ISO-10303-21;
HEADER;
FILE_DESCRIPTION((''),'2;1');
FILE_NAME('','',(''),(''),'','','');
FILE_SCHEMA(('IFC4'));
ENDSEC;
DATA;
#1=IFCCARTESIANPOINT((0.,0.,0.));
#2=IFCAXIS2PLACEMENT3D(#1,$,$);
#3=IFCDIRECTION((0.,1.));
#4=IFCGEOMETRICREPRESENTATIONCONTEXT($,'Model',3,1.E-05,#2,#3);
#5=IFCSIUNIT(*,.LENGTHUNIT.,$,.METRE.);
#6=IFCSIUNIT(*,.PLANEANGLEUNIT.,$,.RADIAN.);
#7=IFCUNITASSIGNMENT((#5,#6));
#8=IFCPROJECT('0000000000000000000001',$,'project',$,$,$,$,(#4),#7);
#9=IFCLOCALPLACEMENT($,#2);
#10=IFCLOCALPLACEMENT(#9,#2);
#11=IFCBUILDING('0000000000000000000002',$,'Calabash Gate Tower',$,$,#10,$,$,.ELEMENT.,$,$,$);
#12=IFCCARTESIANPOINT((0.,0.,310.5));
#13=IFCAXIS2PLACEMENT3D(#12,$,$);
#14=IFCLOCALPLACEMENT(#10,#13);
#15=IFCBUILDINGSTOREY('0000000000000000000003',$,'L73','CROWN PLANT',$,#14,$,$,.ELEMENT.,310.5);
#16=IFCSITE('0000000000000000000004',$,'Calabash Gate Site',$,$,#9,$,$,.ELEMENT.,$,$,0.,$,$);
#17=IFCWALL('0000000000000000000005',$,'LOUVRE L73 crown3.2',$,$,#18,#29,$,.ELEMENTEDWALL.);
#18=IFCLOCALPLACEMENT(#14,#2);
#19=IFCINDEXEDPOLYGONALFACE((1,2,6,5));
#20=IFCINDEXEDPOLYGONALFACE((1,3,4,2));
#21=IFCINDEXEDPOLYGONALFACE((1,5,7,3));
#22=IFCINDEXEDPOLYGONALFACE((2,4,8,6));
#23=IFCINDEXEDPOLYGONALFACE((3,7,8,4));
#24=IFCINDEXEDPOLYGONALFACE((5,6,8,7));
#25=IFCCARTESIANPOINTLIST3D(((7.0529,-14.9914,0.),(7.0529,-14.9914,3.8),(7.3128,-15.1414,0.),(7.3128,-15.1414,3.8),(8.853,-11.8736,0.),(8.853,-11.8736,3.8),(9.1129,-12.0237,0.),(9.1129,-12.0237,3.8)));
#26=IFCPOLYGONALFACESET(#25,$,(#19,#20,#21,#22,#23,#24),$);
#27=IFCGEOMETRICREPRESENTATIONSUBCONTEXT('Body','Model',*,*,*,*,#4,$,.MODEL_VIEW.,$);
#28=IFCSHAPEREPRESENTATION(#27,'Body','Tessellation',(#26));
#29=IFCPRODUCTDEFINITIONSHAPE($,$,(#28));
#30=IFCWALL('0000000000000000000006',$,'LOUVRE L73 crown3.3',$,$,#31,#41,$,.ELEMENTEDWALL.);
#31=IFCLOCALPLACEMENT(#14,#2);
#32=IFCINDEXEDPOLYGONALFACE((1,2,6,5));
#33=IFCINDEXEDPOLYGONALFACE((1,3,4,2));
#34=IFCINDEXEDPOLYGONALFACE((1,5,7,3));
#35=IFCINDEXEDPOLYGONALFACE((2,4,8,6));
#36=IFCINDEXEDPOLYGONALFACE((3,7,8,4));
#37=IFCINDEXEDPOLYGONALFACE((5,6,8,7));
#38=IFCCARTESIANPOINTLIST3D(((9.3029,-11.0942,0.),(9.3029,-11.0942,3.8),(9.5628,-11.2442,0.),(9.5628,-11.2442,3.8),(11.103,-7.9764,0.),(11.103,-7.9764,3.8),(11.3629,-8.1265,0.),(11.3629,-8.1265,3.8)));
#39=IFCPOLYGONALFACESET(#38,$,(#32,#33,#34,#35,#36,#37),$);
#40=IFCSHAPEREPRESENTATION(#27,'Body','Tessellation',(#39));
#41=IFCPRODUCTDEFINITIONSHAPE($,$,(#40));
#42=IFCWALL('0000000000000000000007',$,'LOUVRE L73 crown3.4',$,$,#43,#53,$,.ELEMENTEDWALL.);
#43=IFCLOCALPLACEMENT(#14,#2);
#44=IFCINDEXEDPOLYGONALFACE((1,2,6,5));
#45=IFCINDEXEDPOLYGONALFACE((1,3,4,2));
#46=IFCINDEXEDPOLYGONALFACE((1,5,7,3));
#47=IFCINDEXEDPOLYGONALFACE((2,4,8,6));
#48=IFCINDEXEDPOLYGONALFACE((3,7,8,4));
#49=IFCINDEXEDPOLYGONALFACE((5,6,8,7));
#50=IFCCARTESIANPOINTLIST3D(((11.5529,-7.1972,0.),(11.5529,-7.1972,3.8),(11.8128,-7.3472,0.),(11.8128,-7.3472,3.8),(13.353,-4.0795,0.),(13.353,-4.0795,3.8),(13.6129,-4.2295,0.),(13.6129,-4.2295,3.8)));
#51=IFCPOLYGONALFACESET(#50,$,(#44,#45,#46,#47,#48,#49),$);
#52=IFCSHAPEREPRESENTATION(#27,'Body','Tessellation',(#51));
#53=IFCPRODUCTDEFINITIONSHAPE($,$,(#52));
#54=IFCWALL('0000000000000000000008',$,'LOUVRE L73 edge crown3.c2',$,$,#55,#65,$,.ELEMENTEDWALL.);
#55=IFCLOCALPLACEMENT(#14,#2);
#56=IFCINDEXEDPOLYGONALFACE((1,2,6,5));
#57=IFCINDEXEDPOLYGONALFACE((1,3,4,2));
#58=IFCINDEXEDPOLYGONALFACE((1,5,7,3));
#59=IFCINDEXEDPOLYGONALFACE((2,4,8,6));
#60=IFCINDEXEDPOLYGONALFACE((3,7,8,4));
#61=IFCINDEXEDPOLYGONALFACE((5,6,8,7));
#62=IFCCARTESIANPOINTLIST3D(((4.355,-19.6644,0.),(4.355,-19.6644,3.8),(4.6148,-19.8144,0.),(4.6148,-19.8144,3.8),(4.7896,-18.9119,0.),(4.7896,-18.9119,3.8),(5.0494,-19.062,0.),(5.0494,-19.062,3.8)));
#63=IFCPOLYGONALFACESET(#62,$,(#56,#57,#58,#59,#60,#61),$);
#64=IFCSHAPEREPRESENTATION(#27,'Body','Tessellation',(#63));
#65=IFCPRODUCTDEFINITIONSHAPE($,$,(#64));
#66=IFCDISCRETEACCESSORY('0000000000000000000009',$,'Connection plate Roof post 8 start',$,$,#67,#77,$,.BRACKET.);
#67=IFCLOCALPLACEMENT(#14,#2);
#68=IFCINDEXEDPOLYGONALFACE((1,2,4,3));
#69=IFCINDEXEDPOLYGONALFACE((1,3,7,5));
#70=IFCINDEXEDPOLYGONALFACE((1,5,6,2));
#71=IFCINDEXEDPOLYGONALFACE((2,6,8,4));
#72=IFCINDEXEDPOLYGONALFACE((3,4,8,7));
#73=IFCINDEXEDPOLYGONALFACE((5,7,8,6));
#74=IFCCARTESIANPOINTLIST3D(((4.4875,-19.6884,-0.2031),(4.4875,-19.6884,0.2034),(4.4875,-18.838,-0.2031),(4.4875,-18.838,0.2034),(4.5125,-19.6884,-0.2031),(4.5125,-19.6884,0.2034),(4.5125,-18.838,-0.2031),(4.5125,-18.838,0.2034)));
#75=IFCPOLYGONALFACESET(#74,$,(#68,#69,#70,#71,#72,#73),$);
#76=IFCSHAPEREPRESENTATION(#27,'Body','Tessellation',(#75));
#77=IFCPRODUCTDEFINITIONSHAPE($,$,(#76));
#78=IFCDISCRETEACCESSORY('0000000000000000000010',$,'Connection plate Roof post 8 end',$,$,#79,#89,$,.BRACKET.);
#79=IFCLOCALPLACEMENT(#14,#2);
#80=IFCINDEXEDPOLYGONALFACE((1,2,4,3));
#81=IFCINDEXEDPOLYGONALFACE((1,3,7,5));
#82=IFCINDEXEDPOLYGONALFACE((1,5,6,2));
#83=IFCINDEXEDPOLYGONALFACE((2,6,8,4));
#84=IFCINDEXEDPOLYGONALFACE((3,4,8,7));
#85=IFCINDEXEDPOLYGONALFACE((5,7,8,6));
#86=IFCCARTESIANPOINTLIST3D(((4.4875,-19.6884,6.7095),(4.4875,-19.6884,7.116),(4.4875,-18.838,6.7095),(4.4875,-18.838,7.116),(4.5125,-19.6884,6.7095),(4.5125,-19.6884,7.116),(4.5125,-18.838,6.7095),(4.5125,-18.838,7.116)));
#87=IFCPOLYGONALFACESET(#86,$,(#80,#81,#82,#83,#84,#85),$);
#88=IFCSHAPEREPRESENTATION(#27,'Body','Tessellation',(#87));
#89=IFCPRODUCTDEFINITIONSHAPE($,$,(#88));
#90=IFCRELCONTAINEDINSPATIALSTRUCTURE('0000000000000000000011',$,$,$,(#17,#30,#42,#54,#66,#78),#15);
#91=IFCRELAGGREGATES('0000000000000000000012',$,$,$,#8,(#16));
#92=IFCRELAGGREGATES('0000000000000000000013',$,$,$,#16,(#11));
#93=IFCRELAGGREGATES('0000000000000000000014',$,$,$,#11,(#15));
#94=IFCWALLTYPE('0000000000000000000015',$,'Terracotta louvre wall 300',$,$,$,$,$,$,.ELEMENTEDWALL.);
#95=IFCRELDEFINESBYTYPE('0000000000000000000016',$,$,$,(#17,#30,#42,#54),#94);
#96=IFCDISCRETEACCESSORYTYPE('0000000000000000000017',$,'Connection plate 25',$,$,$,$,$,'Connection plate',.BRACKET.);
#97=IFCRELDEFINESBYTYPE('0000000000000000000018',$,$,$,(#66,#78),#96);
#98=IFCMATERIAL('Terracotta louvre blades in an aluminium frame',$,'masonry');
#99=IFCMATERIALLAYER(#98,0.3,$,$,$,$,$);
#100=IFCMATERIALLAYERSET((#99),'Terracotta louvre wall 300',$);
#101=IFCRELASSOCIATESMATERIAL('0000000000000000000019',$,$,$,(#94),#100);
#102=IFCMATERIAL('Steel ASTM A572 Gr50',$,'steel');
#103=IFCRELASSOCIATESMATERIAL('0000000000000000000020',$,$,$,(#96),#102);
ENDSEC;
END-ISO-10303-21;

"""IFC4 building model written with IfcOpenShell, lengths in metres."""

from ifc_helpers import new_model, si_unit, direction, frame, frame_2d, origin, origin_2d, place, context, subcontext, project, spatial, rectangle, extrude, material, layer, layer_set, type_object, element, save


model = new_model("IFC4")

# Units and contexts
model_context = context("Model", 3, precision=1e-05, world=origin(), true_north=direction((0.0, 1.0)))
body_context = subcontext(model_context, "Body", "Model", "MODEL_VIEW")
ifc_project = project(units=[si_unit("LENGTHUNIT", "METRE"), si_unit("PLANEANGLEUNIT", "RADIAN")], contexts=[model_context])

# Site, building, storey
site_placement = place(None, origin())
site = spatial("IfcSite", under=ifc_project, at=site_placement, Name="Calabash Gate Site", CompositionType="ELEMENT", RefElevation=0.0)
building_placement = place(site_placement, origin())
building = spatial("IfcBuilding", under=site, at=building_placement, Name="Calabash Gate Tower", CompositionType="ELEMENT")
storey_placement = place(building_placement, frame((0.0, 0.0, 310.5)))
storey = spatial("IfcBuildingStorey", under=building, at=storey_placement, Name="L73", Description="CROWN PLANT", CompositionType="ELEMENT", Elevation=310.5)

# Walls
ifc_material_1 = material(Name="Terracotta louvre blades in an aluminium frame", Category="masonry")
ifc_layer_1 = layer(ifc_material_1, 0.3)
ifc_layer_set_1 = layer_set([ifc_layer_1], Name="Terracotta louvre wall 300")
wall_type_1 = type_object("IfcWallType", Name="Terracotta louvre wall 300", PredefinedType="ELEMENTEDWALL", material=ifc_layer_set_1)
for number, where, z_axis, x_axis, name in (
    (1, (7.1829, -15.0664, 0.0), (0.0, 0.0, 1.0), (0.500012, 0.866018, 0.0), "LOUVRE L73 crown3.2"),
    (2, (9.4329, -11.1692, 0.0), (0.0, 0.0, 1.0), (0.500012, 0.866018, 0.0), "LOUVRE L73 crown3.3"),
    (3, (11.6829, -7.2722, 0.0), (0.0, 0.0, 1.0), (0.500012, 0.866018, 0.0), "LOUVRE L73 crown3.4"),
):
    element("IfcWall", number, at=place(storey_placement, frame(where, z_axis=z_axis, x_axis=x_axis)), inside=storey, type_object=wall_type_1, Name=name, PredefinedType="ELEMENTEDWALL", context=body_context, shape_type="SweptSolid", body=[
        extrude(rectangle(XDim=3.6001, YDim=0.3, at=frame_2d((1.8, 0.0))), origin(), (0.0, 0.0, 1.0), 3.8),
    ])
wall_1_placement = place(storey_placement, frame((4.4849, -19.7395, 0.0), z_axis=(0.0, 0.0, 1.0), x_axis=(0.500128, 0.865952, 0.0)))
element("IfcWall", 4, at=wall_1_placement, inside=storey, type_object=wall_type_1, Name="LOUVRE L73 edge crown3.c2", PredefinedType="ELEMENTEDWALL", context=body_context, shape_type="SweptSolid", body=[
    extrude(rectangle(XDim=0.8689, YDim=0.3, at=frame_2d((0.4346, 0.0))), origin(), (0.0, 0.0, 1.0), 3.8),
])

# Discrete accessories
ifc_material_2 = material(Name="Steel ASTM A572 Gr50", Category="steel")
discrete_accessory_type = type_object("IfcDiscreteAccessoryType", Name="Connection plate 25", ElementType="Connection plate", PredefinedType="BRACKET", material=ifc_material_2)
for number, where, z_axis, x_axis, name in (
    (5, (4.5, -19.2632, -0.2031), (0.0, 0.0, 1.0), (0.0, 1.0, 0.0), "Connection plate Roof post 8 start"),
    (6, (4.5, -19.2632, 6.7095), (0.0, 0.0, 1.0), (0.0, 1.0, 0.0), "Connection plate Roof post 8 end"),
):
    element("IfcDiscreteAccessory", number, at=place(storey_placement, frame(where, z_axis=z_axis, x_axis=x_axis)), inside=storey, type_object=discrete_accessory_type, Name=name, PredefinedType="BRACKET", context=body_context, shape_type="SweptSolid", body=[
        extrude(rectangle(XDim=0.8503, YDim=0.0249, at=origin_2d()), origin(), (0.0, 0.0, 1.0), 0.4065),
    ])

save(model, "model.ifc")
